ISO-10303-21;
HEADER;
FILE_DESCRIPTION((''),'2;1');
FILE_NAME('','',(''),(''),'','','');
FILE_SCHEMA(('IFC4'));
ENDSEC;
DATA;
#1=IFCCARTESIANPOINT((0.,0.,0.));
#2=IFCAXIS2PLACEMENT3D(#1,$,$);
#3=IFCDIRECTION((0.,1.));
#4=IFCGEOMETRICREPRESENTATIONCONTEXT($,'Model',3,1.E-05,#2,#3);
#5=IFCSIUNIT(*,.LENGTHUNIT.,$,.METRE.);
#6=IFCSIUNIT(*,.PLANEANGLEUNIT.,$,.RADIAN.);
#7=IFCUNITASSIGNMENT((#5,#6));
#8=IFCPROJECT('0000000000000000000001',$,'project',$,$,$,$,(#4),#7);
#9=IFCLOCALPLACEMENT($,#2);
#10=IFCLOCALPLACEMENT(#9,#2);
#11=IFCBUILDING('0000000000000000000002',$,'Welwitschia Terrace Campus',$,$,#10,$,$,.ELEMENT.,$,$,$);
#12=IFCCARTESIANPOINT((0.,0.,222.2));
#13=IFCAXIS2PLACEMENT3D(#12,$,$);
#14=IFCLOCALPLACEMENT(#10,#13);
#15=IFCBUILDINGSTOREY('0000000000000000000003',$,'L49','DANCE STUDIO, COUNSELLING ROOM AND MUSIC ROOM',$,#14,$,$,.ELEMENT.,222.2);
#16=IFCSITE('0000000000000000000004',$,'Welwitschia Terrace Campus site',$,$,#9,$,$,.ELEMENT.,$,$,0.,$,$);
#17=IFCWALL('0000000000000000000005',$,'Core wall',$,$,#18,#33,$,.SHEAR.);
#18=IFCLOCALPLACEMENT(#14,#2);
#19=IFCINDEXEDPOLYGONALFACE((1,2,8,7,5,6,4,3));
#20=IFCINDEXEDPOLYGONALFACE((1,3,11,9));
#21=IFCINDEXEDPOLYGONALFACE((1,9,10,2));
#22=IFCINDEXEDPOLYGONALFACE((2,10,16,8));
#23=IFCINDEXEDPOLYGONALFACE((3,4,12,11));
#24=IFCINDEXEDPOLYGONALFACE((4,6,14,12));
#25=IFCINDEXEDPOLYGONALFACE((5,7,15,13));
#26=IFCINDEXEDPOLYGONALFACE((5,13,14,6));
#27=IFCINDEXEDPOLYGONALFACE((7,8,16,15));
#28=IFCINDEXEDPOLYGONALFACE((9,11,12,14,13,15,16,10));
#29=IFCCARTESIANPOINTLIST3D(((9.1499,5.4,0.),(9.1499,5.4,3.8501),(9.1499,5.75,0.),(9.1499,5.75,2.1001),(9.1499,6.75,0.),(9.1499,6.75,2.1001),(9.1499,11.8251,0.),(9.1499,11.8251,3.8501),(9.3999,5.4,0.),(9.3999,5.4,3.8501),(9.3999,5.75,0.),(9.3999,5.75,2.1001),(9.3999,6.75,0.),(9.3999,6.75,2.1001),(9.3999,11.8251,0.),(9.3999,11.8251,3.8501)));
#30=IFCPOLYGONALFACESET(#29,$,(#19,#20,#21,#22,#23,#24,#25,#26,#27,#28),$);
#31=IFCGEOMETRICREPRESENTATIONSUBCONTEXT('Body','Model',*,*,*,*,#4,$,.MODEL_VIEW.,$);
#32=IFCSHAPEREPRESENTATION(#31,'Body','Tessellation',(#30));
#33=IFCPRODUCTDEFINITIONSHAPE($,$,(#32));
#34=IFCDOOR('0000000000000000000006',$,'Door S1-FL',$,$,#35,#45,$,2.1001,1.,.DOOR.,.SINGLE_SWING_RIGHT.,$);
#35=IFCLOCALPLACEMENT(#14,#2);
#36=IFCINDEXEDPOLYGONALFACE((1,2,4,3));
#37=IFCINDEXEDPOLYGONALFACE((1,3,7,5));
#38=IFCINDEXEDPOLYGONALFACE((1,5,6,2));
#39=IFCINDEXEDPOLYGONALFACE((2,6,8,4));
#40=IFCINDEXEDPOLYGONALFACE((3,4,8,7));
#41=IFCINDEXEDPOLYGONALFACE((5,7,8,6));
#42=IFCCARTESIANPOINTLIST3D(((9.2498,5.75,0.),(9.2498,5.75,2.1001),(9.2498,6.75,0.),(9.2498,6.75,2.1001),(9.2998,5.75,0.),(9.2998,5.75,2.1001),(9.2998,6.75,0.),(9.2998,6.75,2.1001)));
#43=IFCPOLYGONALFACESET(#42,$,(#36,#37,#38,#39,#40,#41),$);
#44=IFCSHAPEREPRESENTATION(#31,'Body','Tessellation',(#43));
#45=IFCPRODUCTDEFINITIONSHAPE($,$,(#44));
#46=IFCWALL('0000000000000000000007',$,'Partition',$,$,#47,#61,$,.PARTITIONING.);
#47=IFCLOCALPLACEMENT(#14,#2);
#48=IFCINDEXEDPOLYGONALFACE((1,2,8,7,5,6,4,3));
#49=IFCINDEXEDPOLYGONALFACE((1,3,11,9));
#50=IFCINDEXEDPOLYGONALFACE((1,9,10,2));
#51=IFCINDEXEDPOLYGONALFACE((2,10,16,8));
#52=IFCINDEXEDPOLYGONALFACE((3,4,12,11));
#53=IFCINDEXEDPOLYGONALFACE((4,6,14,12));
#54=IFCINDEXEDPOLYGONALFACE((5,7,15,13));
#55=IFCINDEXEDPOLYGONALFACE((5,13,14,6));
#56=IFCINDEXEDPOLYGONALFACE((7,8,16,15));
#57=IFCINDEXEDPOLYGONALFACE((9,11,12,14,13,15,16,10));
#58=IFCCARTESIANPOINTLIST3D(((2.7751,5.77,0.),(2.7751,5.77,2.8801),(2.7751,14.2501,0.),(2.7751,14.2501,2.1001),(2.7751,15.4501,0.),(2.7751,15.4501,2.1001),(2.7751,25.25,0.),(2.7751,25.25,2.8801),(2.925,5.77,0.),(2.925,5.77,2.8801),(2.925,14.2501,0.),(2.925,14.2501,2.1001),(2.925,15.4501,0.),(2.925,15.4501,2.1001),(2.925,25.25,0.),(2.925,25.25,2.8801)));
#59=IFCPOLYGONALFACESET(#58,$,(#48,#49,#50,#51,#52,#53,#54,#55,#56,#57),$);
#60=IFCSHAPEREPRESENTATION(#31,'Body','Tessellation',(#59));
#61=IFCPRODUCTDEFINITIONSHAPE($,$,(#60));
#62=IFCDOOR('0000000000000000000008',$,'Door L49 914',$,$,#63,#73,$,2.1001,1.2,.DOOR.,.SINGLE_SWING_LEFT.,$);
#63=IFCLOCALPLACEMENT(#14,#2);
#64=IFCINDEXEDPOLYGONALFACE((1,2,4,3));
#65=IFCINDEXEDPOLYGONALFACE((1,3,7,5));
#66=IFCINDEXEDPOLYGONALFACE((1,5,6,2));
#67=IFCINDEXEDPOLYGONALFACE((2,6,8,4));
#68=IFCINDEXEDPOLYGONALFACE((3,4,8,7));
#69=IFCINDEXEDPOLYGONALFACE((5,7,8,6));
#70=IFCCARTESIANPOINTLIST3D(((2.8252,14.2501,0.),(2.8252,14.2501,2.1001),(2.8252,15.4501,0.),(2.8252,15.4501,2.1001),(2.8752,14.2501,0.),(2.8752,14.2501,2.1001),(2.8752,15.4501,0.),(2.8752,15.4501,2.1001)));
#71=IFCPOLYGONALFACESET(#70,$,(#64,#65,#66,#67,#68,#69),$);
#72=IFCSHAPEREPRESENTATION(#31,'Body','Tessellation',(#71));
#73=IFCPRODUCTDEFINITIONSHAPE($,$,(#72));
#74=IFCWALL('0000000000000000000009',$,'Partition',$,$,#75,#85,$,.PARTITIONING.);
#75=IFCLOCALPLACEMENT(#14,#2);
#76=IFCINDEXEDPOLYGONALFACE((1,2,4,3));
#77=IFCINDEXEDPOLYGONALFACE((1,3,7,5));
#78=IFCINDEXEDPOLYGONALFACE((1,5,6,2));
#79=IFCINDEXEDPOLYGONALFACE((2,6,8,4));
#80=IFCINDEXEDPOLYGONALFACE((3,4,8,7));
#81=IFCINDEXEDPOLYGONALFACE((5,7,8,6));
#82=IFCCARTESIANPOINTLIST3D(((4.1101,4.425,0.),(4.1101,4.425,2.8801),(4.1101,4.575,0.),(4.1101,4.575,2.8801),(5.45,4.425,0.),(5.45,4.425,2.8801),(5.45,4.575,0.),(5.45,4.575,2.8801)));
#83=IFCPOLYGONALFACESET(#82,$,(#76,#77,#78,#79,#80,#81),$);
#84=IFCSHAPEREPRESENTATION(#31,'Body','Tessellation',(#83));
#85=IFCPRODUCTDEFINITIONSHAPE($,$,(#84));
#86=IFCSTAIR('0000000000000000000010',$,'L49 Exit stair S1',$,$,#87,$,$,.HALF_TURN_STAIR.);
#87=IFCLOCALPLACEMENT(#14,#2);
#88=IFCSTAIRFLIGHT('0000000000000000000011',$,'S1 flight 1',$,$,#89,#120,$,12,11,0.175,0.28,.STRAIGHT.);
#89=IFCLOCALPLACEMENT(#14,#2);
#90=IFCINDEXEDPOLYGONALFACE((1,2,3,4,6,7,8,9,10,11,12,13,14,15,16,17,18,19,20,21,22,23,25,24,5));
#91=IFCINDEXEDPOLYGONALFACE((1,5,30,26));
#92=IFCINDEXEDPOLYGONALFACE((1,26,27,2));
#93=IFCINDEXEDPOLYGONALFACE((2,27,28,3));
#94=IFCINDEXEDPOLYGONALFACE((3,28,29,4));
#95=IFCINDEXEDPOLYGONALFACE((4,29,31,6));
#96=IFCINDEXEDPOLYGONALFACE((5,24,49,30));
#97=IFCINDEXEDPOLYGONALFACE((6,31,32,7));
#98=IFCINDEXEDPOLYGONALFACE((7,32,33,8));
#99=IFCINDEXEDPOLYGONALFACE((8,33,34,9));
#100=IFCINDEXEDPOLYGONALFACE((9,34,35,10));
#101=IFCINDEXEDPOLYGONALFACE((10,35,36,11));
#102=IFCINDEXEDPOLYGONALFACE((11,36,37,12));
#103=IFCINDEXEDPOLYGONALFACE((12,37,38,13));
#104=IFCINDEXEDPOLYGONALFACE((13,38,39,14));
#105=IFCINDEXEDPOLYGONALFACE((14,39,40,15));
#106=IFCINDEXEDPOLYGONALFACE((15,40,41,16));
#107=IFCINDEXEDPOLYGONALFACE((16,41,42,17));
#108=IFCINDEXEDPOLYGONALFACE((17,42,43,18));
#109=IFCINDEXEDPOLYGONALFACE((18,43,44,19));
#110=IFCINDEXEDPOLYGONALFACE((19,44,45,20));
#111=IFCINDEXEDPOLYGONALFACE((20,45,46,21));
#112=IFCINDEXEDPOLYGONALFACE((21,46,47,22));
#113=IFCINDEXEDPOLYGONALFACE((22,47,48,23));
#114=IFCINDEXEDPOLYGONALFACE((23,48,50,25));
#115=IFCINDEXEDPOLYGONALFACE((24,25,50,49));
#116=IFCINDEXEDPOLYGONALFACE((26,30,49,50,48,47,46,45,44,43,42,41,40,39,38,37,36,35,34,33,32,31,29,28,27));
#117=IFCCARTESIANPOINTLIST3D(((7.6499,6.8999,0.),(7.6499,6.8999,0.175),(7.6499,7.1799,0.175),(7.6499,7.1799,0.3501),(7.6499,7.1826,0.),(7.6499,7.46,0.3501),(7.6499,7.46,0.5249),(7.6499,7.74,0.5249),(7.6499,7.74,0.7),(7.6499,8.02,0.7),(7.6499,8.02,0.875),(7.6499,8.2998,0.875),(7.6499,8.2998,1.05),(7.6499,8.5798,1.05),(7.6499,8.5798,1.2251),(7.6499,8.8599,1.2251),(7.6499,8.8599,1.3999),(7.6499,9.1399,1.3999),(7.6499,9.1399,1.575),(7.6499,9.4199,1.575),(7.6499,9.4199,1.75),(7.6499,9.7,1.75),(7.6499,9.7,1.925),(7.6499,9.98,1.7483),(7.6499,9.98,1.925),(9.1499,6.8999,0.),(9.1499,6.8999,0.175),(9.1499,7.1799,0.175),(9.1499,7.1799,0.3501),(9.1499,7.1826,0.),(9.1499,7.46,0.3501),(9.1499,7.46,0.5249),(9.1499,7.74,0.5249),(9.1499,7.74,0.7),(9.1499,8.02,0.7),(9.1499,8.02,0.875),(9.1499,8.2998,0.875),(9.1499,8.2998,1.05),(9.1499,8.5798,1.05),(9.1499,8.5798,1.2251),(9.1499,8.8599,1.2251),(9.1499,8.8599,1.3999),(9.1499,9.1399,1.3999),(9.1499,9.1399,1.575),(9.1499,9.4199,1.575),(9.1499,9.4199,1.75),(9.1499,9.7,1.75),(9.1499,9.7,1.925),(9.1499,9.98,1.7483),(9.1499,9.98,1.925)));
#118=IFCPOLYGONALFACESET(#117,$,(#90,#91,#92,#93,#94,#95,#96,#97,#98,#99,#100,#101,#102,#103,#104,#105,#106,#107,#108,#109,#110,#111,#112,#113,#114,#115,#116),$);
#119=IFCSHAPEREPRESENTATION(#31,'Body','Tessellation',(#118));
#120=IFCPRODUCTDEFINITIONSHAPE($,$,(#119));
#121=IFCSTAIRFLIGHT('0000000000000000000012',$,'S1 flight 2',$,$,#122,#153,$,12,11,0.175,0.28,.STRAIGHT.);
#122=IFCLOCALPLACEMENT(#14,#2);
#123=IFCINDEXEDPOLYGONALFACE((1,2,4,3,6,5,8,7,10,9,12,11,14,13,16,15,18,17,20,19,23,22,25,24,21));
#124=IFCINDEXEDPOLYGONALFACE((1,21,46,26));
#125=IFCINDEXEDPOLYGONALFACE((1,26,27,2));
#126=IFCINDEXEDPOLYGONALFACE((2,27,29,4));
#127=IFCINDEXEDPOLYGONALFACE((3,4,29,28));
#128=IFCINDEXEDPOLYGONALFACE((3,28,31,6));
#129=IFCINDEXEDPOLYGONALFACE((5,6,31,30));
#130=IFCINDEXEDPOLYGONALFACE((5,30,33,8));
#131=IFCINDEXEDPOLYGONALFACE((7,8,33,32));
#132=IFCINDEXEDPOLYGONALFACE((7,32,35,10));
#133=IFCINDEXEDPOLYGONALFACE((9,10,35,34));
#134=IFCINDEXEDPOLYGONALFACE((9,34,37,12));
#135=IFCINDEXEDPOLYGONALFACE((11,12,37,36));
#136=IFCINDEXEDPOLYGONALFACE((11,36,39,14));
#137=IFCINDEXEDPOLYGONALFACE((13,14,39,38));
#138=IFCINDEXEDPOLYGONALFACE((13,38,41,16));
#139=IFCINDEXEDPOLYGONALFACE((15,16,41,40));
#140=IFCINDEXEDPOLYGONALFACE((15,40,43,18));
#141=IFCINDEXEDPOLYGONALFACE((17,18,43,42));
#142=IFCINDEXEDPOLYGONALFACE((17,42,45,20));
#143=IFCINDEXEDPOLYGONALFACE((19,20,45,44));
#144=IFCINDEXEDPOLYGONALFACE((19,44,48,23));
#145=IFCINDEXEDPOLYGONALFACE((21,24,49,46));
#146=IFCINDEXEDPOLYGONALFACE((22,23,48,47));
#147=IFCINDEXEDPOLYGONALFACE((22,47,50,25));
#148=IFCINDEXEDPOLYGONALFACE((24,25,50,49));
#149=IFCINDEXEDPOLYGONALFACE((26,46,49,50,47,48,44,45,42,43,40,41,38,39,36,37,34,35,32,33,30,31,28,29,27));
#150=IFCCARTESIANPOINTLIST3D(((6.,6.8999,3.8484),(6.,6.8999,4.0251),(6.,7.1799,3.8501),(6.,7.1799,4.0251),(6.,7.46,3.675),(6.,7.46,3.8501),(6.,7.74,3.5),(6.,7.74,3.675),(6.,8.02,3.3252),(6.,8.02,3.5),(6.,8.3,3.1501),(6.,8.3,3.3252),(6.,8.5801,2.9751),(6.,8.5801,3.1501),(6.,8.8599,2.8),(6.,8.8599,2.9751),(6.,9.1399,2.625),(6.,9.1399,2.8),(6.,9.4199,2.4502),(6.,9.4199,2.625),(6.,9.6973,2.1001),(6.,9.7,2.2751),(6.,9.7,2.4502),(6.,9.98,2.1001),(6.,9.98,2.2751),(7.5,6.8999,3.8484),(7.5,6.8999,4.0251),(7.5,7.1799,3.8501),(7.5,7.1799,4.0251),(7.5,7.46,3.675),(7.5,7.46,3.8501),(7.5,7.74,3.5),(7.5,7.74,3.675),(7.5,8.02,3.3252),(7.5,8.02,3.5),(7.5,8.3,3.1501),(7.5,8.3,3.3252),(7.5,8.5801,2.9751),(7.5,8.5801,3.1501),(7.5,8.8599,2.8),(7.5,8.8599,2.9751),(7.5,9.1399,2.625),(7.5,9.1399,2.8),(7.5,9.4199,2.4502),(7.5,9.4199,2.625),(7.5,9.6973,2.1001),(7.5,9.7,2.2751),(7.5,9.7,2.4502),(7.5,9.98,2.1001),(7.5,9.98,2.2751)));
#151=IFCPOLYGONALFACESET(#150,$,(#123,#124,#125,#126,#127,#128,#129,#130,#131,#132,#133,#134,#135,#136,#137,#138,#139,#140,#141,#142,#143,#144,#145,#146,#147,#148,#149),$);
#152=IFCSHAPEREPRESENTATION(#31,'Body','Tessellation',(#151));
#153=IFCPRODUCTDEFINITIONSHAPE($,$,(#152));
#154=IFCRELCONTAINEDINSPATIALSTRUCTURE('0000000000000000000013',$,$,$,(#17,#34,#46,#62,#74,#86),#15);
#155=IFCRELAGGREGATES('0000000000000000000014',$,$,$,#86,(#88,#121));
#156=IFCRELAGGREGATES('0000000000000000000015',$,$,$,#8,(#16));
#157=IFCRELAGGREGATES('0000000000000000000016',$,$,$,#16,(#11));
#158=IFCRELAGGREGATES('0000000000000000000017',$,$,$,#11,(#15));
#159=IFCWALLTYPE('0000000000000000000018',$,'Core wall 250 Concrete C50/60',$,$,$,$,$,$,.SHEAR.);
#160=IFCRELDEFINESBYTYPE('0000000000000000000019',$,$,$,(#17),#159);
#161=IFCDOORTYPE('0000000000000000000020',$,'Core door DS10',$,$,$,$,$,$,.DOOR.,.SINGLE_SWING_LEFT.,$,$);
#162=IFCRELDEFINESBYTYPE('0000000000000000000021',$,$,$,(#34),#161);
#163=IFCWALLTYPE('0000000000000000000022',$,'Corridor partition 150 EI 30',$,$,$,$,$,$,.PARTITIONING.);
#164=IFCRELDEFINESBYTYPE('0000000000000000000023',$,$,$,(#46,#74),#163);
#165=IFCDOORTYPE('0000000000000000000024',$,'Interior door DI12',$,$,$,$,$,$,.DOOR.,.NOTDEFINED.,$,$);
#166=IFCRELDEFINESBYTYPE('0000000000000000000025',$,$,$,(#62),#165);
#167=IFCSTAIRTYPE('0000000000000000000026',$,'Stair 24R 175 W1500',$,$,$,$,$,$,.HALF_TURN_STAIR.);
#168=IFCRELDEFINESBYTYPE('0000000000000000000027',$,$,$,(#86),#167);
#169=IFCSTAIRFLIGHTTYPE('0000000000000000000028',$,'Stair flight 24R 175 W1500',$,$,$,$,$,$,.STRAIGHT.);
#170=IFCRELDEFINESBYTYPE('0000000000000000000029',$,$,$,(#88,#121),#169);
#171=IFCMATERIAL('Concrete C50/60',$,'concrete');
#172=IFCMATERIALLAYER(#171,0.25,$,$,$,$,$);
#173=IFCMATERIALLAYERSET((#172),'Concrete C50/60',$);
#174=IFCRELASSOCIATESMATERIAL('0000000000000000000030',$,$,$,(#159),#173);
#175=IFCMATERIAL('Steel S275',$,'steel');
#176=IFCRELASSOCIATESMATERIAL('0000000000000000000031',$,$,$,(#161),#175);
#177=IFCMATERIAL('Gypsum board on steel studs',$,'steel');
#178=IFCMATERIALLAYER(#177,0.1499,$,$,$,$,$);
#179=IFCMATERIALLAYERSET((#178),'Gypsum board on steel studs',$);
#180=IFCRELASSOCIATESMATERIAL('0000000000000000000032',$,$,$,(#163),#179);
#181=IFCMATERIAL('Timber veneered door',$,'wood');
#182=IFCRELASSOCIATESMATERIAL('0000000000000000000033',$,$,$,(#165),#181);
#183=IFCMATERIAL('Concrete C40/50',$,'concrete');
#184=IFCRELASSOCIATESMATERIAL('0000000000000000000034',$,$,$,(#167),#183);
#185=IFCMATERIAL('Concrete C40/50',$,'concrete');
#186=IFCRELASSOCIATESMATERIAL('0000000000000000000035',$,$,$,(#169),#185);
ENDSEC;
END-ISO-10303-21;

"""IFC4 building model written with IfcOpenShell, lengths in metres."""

from ifc_helpers import new_model, si_unit, direction, frame, frame_2d, origin, place, context, subcontext, project, spatial, polyline, rectangle, outline, extrude, material, layer, layer_set, type_object, element, fill, aggregate, save


model = new_model("IFC4")

# Units and contexts
model_context = context("Model", 3, precision=1e-05, world=origin(), true_north=direction((0.0, 1.0)))
body_context = subcontext(model_context, "Body", "Model", "MODEL_VIEW")
ifc_project = project(units=[si_unit("LENGTHUNIT", "METRE"), si_unit("PLANEANGLEUNIT", "RADIAN")], contexts=[model_context])

# Site, building, storey
site_placement = place(None, origin())
site = spatial("IfcSite", under=ifc_project, at=site_placement, Name="Welwitschia Terrace Campus site", CompositionType="ELEMENT", RefElevation=0.0)
building_placement = place(site_placement, origin())
building = spatial("IfcBuilding", under=site, at=building_placement, Name="Welwitschia Terrace Campus", CompositionType="ELEMENT")
storey_placement = place(building_placement, frame((0.0, 0.0, 222.2)))
storey = spatial("IfcBuildingStorey", under=building, at=storey_placement, Name="L49", Description="DANCE STUDIO, COUNSELLING ROOM AND MUSIC ROOM", CompositionType="ELEMENT", Elevation=222.2)

# Shared definitions
ifc_material_1 = material(Name="Concrete C50/60", Category="concrete")
ifc_layer_1 = layer(ifc_material_1, 0.25)
ifc_layer_set_1 = layer_set([ifc_layer_1], Name="Concrete C50/60")
wall_type_1 = type_object("IfcWallType", Name="Core wall 250 Concrete C50/60", PredefinedType="SHEAR", material=ifc_layer_set_1)

# Walls, openings, doors
wall_1_placement = place(storey_placement, frame((9.2749, 11.825, 0.0), z_axis=(0.0, 0.0, 1.0), x_axis=(0.0, -1.0, 0.0)))
wall_1 = element("IfcWall", 1, at=wall_1_placement, inside=storey, type_object=wall_type_1, Name="Core wall", PredefinedType="SHEAR", context=body_context, shape_type="SweptSolid", body=[
    extrude(rectangle(XDim=6.425, YDim=0.25, at=frame_2d((3.2124, 0.0))), origin(), (0.0, 0.0, 1.0), 3.8501),
])
opening_1_placement = place(wall_1_placement, frame((5.075, 0.0, 0.0)))
opening_1 = element("IfcOpeningElement", 2, at=opening_1_placement, cuts=wall_1, PredefinedType="OPENING", context=body_context, shape_type="SweptSolid", body=[
    extrude(rectangle(XDim=1.0, YDim=2.1001, at=frame_2d((0.5, 1.05))), frame((0.0, 0.135, 0.0), z_axis=(0.0, -1.0, 0.0), x_axis=(1.0, 0.0, 0.0)), (0.0, 0.0, 1.0), 0.27),
])
ifc_material_2 = material(Name="Steel S275", Category="steel")
door_type_1 = type_object("IfcDoorType", Name="Core door DS10", OperationType="SINGLE_SWING_LEFT", PredefinedType="DOOR", material=ifc_material_2)
door_1_placement = place(opening_1_placement, origin())
door_1 = element("IfcDoor", 3, at=door_1_placement, inside=storey, type_object=door_type_1, Name="Door S1-FL", OperationType="SINGLE_SWING_RIGHT", OverallHeight=2.1001, OverallWidth=1.0, PredefinedType="DOOR", context=body_context, shape_type="SweptSolid", body=[
    extrude(rectangle(XDim=1.0, YDim=2.1001, at=frame_2d((0.5, 1.05))), frame((0.0, 0.0249, 0.0), z_axis=(0.0, -1.0, 0.0), x_axis=(1.0, 0.0, 0.0)), (0.0, 0.0, 1.0), 0.05),
])
fill(opening_1, door_1)
ifc_material_3 = material(Name="Gypsum board on steel studs", Category="steel")
ifc_layer_2 = layer(ifc_material_3, 0.1499)
ifc_layer_set_2 = layer_set([ifc_layer_2], Name="Gypsum board on steel studs")
wall_type_2 = type_object("IfcWallType", Name="Corridor partition 150 EI 30", PredefinedType="PARTITIONING", material=ifc_layer_set_2)
wall_2_placement = place(storey_placement, frame((2.8501, 5.77, 0.0), z_axis=(0.0, 0.0, 1.0), x_axis=(0.0, 1.0, 0.0)))
wall_2 = element("IfcWall", 4, at=wall_2_placement, inside=storey, type_object=wall_type_2, Name="Partition", PredefinedType="PARTITIONING", context=body_context, shape_type="SweptSolid", body=[
    extrude(rectangle(XDim=19.48, YDim=0.1499, at=frame_2d((9.74, 0.0))), origin(), (0.0, 0.0, 1.0), 2.8801),
])
opening_2_placement = place(wall_2_placement, frame((8.48, 0.0, 0.0)))
opening_2 = element("IfcOpeningElement", 5, at=opening_2_placement, cuts=wall_2, PredefinedType="OPENING", context=body_context, shape_type="SweptSolid", body=[
    extrude(rectangle(XDim=1.2, YDim=2.1001, at=frame_2d((0.6001, 1.05))), frame((0.0, 0.085, 0.0), z_axis=(0.0, -1.0, 0.0), x_axis=(1.0, 0.0, 0.0)), (0.0, 0.0, 1.0), 0.1699),
])
ifc_material_4 = material(Name="Timber veneered door", Category="wood")
door_type_2 = type_object("IfcDoorType", Name="Interior door DI12", OperationType="NOTDEFINED", PredefinedType="DOOR", material=ifc_material_4)
door_2_placement = place(opening_2_placement, origin())
door_2 = element("IfcDoor", 6, at=door_2_placement, inside=storey, type_object=door_type_2, Name="Door L49 914", OperationType="SINGLE_SWING_LEFT", OverallHeight=2.1001, OverallWidth=1.2, PredefinedType="DOOR", context=body_context, shape_type="SweptSolid", body=[
    extrude(rectangle(XDim=1.2, YDim=2.1001, at=frame_2d((0.6001, 1.05))), frame((0.0, 0.0249, 0.0), z_axis=(0.0, -1.0, 0.0), x_axis=(1.0, 0.0, 0.0)), (0.0, 0.0, 1.0), 0.05),
])
fill(opening_2, door_2)

# Wall
wall_3_placement = place(storey_placement, frame((4.1101, 4.5, 0.0), z_axis=(0.0, 0.0, 1.0), x_axis=(1.0, 0.0, 0.0)))
element("IfcWall", 7, at=wall_3_placement, inside=storey, type_object=wall_type_2, Name="Partition", PredefinedType="PARTITIONING", context=body_context, shape_type="SweptSolid", body=[
    extrude(rectangle(XDim=1.3398, YDim=0.1499, at=frame_2d((0.6699, 0.0))), origin(), (0.0, 0.0, 1.0), 2.8801),
])

# Stair, stair flights
ifc_material_5 = material(Name="Concrete C40/50", Category="concrete")
stair_type = type_object("IfcStairType", Name="Stair 24R 175 W1500", PredefinedType="HALF_TURN_STAIR", material=ifc_material_5)
stair_placement = place(storey_placement, origin())
stair = element("IfcStair", 8, at=stair_placement, inside=storey, type_object=stair_type, Name="L49 Exit stair S1", PredefinedType="HALF_TURN_STAIR")
ifc_material_6 = material(Name="Concrete C40/50", Category="concrete")
stair_flight_type = type_object("IfcStairFlightType", Name="Stair flight 24R 175 W1500", PredefinedType="STRAIGHT", material=ifc_material_6)
stair_flight_1_placement = place(storey_placement, frame((8.3999, 6.8999, 0.0), z_axis=(0.0, 0.0, 1.0), x_axis=(0.0, 1.0, 0.0)))
stair_flight_1 = element("IfcStairFlight", 9, at=stair_flight_1_placement, type_object=stair_flight_type, Name="S1 flight 1", NumberOfRisers=12, NumberOfTreads=11, PredefinedType="STRAIGHT", RiserHeight=0.175, TreadLength=0.28, context=body_context, shape_type="SweptSolid", body=[
    extrude(outline(polyline([(0.0, 0.0), (0.0, 0.175), (0.28, 0.175), (0.28, 0.3501), (0.5601, 0.3501), (0.5601, 0.5249), (0.8401, 0.5249), (0.8401, 0.7), (1.1201, 0.7), (1.1201, 0.875), (1.3999, 0.875), (1.3999, 1.05), (1.6799, 1.05), (1.6799, 1.2251), (1.96, 1.2251), (1.96, 1.3999), (2.24, 1.3999), (2.24, 1.575), (2.52, 1.575), (2.52, 1.75), (2.8, 1.75), (2.8, 1.925), (3.0801, 1.925), (3.0801, 2.1001), (3.0801, 1.7483), (0.2827, 0.0), (0.0, 0.0)])), frame((0.0, 0.75, 0.0), z_axis=(0.0, -1.0, 0.0), x_axis=(1.0, 0.0, 0.0)), (0.0, 0.0, 1.0), 1.5),
])
stair_flight_2_placement = place(storey_placement, frame((6.75, 9.98, 2.1001), z_axis=(0.0, 0.0, 1.0), x_axis=(0.0, -1.0, 0.0)))
stair_flight_2 = element("IfcStairFlight", 10, at=stair_flight_2_placement, type_object=stair_flight_type, Name="S1 flight 2", NumberOfRisers=12, NumberOfTreads=11, PredefinedType="STRAIGHT", RiserHeight=0.175, TreadLength=0.28, context=body_context, shape_type="SweptSolid", body=[
    extrude(outline(polyline([(0.0, 0.0), (0.0, 0.175), (0.28, 0.175), (0.28, 0.3501), (0.5601, 0.3501), (0.5601, 0.5249), (0.8401, 0.5249), (0.8401, 0.7), (1.1201, 0.7), (1.1201, 0.875), (1.3999, 0.875), (1.3999, 1.05), (1.6799, 1.05), (1.6799, 1.2251), (1.96, 1.2251), (1.96, 1.3999), (2.24, 1.3999), (2.24, 1.575), (2.52, 1.575), (2.52, 1.75), (2.8, 1.75), (2.8, 1.925), (3.0801, 1.925), (3.0801, 2.1001), (3.0801, 1.7483), (0.2827, 0.0), (0.0, 0.0)])), frame((0.0, 0.75, 0.0), z_axis=(0.0, -1.0, 0.0), x_axis=(1.0, 0.0, 0.0)), (0.0, 0.0, 1.0), 1.5),
])
aggregate(stair, [stair_flight_1, stair_flight_2])

save(model, "model.ifc")
